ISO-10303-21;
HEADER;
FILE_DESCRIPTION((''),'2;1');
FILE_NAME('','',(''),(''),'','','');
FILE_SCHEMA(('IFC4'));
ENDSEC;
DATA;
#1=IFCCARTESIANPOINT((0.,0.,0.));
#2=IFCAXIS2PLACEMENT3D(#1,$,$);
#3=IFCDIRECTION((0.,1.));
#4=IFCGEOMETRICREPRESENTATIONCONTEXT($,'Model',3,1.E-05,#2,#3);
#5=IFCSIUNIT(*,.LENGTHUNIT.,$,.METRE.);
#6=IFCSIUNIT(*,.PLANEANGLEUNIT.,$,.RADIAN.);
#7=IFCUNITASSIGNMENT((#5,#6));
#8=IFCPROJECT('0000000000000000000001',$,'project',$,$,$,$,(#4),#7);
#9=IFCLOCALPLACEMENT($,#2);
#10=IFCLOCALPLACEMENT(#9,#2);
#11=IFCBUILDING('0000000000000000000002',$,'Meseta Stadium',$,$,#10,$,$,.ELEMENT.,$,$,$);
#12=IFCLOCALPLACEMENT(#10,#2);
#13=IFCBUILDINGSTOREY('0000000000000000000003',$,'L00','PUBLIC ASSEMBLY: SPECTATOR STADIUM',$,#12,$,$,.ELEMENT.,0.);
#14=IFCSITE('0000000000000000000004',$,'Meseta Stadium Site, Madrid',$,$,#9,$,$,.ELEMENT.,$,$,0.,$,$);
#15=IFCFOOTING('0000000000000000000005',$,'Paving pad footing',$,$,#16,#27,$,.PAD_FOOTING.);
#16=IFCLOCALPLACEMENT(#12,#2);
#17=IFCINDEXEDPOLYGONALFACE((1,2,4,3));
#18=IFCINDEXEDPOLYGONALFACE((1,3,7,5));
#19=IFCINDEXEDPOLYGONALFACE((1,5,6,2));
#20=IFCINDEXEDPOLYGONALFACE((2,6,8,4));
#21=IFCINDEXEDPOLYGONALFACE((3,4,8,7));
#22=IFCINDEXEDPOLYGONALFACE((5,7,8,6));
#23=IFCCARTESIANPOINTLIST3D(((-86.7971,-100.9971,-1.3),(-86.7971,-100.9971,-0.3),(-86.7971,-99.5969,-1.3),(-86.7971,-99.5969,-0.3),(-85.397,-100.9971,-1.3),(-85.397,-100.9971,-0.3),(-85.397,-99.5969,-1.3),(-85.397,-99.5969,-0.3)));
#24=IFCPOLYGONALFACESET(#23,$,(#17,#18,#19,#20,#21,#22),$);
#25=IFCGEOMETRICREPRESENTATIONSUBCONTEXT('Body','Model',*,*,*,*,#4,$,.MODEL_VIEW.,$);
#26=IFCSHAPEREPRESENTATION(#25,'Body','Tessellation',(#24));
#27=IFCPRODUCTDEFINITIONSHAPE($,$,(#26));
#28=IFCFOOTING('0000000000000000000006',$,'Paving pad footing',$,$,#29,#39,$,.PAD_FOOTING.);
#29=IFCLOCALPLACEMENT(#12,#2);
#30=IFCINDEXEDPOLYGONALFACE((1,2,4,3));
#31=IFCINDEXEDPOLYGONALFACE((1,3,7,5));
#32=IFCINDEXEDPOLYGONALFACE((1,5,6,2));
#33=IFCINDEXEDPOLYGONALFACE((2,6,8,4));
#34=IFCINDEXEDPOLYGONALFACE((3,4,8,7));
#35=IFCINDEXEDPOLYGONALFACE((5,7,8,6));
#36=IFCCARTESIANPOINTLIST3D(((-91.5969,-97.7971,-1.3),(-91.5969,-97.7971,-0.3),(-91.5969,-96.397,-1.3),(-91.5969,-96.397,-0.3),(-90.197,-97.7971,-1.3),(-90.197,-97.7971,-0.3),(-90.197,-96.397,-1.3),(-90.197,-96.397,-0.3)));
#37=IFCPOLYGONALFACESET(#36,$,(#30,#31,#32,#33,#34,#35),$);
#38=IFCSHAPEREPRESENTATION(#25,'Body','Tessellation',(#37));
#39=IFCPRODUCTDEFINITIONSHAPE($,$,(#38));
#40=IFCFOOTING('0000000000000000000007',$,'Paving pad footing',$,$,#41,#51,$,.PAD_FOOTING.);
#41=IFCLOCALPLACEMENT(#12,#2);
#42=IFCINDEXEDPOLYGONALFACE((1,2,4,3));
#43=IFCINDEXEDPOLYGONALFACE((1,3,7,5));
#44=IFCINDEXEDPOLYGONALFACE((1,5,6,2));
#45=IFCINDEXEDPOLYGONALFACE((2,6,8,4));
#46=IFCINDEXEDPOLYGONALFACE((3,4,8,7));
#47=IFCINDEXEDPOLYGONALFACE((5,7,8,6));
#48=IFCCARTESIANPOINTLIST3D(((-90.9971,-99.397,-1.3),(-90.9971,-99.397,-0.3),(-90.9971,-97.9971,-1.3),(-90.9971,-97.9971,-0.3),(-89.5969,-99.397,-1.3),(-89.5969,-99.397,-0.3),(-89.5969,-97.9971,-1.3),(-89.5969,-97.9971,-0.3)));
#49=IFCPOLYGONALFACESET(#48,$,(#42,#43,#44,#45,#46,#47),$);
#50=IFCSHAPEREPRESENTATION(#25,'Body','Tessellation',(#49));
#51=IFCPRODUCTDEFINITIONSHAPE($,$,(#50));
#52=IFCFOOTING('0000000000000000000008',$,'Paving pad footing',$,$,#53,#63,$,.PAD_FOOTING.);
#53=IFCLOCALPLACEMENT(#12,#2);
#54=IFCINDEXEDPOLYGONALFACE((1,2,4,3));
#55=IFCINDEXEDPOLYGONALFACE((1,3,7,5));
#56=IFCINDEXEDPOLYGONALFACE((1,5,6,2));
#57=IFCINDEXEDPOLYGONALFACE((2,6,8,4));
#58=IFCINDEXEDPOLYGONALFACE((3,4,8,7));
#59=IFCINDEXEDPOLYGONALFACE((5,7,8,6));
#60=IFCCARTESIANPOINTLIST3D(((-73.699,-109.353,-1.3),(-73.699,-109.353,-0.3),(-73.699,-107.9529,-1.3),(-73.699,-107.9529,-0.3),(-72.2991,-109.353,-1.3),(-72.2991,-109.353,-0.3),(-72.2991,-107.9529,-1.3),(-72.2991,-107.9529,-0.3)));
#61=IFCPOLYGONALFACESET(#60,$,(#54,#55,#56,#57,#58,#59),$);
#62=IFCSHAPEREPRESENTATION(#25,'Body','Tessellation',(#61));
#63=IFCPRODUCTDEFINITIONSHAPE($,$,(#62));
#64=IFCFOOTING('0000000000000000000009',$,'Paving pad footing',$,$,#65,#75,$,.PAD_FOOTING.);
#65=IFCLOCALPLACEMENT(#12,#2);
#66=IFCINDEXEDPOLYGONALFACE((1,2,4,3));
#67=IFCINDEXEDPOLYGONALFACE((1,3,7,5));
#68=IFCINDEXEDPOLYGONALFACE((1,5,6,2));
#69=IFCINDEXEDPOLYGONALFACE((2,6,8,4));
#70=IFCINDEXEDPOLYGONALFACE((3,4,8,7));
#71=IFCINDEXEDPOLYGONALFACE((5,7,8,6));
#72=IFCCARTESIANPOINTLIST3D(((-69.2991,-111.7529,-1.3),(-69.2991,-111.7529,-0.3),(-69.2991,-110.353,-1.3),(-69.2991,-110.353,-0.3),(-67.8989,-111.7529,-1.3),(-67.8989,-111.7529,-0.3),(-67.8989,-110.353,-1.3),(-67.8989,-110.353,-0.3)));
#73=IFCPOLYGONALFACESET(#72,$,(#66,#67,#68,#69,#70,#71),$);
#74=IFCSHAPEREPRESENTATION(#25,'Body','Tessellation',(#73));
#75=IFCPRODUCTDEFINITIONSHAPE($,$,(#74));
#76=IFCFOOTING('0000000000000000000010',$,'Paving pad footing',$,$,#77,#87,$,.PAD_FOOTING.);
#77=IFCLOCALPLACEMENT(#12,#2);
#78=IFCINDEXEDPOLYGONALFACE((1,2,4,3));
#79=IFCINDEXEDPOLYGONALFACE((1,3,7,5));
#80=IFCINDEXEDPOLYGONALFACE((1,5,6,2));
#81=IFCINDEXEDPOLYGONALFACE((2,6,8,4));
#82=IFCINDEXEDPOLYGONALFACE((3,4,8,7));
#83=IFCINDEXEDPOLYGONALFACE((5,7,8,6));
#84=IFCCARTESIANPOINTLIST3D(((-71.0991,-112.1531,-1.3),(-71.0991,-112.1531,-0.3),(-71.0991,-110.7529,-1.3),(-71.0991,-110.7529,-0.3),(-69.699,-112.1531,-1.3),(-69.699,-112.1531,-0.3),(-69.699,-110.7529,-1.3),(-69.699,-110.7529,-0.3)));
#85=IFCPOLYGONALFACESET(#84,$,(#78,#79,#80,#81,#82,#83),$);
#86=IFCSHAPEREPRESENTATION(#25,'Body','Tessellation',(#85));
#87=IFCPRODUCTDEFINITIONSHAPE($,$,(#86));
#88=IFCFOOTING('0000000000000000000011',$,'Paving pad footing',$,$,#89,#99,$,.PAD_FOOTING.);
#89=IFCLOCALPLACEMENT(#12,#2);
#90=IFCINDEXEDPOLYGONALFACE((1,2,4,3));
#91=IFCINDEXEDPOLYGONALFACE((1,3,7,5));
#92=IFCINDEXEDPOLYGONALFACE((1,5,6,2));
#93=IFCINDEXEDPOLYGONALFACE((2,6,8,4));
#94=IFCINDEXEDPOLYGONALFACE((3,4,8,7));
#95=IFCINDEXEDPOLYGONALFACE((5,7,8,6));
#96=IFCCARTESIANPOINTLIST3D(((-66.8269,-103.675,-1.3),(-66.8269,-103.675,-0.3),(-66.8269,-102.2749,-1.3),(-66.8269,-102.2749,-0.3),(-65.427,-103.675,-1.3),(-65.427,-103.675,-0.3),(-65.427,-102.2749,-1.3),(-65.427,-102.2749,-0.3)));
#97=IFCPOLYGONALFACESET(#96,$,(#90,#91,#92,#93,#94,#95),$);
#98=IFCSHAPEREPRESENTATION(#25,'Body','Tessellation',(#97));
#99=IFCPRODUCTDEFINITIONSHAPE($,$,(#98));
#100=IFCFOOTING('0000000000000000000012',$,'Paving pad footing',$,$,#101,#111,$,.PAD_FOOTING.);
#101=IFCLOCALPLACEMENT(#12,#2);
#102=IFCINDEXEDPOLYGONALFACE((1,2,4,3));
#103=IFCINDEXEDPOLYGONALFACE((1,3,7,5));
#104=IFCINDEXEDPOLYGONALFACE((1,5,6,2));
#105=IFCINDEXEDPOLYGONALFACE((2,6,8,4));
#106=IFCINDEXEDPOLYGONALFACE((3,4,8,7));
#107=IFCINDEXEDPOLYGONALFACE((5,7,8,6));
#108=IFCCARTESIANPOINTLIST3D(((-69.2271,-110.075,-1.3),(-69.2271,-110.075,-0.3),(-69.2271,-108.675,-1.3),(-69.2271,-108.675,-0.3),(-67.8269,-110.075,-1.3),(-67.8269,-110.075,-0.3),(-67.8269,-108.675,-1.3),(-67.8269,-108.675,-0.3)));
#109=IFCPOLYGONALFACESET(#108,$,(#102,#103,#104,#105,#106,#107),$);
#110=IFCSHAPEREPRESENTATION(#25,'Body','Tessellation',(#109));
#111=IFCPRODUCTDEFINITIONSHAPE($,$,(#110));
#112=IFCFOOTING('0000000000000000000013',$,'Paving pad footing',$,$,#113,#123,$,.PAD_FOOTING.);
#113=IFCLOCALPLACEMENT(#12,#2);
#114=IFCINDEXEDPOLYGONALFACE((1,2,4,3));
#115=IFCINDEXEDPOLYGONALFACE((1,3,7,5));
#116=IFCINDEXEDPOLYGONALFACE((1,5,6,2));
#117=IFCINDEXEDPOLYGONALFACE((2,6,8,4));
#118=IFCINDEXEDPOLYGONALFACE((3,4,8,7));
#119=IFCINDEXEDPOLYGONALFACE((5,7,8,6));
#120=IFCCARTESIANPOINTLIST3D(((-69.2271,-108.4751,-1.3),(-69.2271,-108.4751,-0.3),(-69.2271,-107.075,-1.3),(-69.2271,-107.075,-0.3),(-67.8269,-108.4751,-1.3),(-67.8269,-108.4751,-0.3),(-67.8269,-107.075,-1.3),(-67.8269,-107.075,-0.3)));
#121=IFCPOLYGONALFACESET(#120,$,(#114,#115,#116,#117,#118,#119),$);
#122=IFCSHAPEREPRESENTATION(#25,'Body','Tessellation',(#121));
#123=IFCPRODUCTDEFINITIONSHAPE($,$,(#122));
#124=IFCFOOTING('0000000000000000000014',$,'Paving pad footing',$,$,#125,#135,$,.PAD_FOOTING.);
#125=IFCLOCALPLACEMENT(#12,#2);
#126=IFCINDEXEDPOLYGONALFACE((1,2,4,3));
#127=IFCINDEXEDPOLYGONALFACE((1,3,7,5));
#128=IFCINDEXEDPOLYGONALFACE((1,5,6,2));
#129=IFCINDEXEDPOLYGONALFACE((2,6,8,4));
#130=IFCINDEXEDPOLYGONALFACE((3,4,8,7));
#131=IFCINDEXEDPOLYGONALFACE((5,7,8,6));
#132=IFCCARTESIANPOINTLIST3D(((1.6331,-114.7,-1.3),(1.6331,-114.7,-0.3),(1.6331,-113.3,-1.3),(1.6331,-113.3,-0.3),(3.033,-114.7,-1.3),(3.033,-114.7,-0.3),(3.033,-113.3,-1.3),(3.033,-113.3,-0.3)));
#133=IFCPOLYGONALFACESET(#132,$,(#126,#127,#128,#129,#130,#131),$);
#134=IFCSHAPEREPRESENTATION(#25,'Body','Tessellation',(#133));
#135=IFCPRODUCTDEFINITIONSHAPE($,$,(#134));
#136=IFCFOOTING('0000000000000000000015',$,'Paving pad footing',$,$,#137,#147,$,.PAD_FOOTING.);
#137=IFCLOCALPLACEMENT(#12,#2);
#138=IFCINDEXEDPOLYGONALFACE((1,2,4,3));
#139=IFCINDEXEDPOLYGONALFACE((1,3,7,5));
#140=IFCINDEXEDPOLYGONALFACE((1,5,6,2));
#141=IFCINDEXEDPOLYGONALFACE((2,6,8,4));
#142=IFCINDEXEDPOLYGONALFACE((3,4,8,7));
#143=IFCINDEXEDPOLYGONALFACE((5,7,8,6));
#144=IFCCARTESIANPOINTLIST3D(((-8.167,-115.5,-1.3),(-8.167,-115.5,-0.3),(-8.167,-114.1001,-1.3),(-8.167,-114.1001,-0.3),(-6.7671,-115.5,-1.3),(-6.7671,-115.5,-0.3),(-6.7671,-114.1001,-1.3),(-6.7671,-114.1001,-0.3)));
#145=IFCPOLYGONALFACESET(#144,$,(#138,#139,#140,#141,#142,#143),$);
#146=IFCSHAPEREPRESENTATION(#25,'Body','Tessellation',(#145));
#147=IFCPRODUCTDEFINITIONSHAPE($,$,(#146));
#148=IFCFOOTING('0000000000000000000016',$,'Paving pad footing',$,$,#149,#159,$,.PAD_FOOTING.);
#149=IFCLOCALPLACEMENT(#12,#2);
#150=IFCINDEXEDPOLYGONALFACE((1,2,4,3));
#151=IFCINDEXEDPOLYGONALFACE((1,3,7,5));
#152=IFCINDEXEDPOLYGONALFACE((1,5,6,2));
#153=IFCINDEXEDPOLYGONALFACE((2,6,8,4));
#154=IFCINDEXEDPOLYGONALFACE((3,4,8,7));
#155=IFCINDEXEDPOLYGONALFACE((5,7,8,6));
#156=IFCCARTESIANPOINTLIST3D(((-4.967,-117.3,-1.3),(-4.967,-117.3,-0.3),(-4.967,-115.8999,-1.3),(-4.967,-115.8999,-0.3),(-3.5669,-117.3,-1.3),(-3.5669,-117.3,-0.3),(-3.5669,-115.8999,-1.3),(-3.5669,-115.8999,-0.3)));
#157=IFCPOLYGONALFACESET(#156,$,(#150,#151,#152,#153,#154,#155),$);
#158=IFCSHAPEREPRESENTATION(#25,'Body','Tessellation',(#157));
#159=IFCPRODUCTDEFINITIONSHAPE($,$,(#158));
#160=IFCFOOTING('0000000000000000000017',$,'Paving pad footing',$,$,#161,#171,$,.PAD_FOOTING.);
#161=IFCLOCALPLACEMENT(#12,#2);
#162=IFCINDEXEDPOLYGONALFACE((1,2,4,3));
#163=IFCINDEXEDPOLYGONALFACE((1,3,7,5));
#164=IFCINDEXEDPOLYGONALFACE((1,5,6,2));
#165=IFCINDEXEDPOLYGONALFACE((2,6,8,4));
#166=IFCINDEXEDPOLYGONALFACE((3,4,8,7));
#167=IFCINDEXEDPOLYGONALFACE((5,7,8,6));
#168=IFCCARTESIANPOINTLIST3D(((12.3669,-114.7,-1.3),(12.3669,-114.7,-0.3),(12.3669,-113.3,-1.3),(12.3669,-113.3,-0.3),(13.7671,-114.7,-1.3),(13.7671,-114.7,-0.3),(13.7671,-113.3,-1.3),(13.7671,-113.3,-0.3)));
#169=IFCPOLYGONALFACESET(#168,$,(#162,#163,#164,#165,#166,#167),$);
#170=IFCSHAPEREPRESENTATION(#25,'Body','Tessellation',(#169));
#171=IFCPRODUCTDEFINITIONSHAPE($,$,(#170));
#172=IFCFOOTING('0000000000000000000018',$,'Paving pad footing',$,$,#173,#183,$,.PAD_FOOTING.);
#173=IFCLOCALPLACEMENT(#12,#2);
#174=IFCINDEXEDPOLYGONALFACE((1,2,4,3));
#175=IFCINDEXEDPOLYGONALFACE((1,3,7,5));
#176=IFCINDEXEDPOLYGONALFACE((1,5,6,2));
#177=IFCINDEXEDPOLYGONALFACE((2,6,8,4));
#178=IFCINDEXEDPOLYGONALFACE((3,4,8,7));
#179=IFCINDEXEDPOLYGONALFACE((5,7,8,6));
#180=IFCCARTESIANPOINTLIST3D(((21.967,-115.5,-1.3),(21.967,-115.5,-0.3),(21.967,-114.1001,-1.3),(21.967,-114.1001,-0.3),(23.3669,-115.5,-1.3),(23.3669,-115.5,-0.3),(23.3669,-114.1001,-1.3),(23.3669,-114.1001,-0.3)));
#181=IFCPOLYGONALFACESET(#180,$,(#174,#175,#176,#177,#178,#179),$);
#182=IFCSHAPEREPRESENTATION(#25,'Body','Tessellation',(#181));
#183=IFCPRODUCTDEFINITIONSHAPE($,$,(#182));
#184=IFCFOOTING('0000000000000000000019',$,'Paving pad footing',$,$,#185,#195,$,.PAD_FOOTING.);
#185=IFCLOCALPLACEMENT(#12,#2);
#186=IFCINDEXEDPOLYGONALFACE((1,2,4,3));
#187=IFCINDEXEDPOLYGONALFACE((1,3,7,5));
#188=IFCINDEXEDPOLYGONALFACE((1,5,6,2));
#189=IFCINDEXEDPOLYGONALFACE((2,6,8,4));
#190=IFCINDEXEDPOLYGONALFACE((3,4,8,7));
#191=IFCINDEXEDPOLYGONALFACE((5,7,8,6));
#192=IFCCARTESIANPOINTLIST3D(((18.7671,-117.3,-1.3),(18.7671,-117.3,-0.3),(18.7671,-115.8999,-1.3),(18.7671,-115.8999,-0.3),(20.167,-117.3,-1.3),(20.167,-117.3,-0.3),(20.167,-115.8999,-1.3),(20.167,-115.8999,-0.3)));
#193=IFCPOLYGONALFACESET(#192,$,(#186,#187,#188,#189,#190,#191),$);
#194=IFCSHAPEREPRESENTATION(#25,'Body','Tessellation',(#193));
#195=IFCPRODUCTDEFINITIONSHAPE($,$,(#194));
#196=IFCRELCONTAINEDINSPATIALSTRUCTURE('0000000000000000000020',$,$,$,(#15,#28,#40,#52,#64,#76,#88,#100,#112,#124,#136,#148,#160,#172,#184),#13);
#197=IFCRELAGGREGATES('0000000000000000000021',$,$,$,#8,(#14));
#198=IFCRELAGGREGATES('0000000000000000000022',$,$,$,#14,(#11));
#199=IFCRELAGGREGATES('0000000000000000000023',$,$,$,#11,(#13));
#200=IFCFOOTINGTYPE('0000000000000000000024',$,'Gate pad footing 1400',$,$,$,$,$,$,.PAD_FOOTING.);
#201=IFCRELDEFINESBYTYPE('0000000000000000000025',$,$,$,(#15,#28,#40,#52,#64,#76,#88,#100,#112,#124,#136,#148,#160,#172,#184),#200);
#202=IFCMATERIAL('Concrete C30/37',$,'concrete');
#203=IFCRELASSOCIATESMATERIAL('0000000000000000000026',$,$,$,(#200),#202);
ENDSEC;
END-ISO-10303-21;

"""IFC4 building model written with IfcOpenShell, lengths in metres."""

from ifc_helpers import new_model, si_unit, direction, frame, origin, place, context, subcontext, project, spatial, polyline, outline, extrude, material, type_object, element, save


model = new_model("IFC4")

# Units and contexts
model_context = context("Model", 3, precision=1e-05, world=origin(), true_north=direction((0.0, 1.0)))
body_context = subcontext(model_context, "Body", "Model", "MODEL_VIEW")
ifc_project = project(units=[si_unit("LENGTHUNIT", "METRE"), si_unit("PLANEANGLEUNIT", "RADIAN")], contexts=[model_context])

# Site, building, storey
site_placement = place(None, origin())
site = spatial("IfcSite", under=ifc_project, at=site_placement, Name="Meseta Stadium Site, Madrid", CompositionType="ELEMENT", RefElevation=0.0)
building_placement = place(site_placement, origin())
building = spatial("IfcBuilding", under=site, at=building_placement, Name="Meseta Stadium", CompositionType="ELEMENT")
storey_placement = place(building_placement, origin())
storey = spatial("IfcBuildingStorey", under=building, at=storey_placement, Name="L00", Description="PUBLIC ASSEMBLY: SPECTATOR STADIUM", CompositionType="ELEMENT", Elevation=0.0)

# Footings
ifc_material_1 = material(Name="Concrete C30/37", Category="concrete")
footing_type_1 = type_object("IfcFootingType", Name="Gate pad footing 1400", PredefinedType="PAD_FOOTING", material=ifc_material_1)
footing_1_placement = place(storey_placement, frame((0.0, 0.0, -1.3)))
element("IfcFooting", 1, at=footing_1_placement, inside=storey, type_object=footing_type_1, Name="Paving pad footing", PredefinedType="PAD_FOOTING", context=body_context, shape_type="SweptSolid", body=[
    extrude(outline(polyline([(-85.397, -100.9971), (-85.397, -99.5969), (-86.7971, -99.5969), (-86.7971, -100.9971), (-85.397, -100.9971)])), origin(), (0.0, 0.0, 1.0), 1.0),
])
footing_2_placement = place(storey_placement, frame((0.0, 0.0, -1.3)))
element("IfcFooting", 2, at=footing_2_placement, inside=storey, type_object=footing_type_1, Name="Paving pad footing", PredefinedType="PAD_FOOTING", context=body_context, shape_type="SweptSolid", body=[
    extrude(outline(polyline([(-90.197, -97.7971), (-90.197, -96.397), (-91.5969, -96.397), (-91.5969, -97.7971), (-90.197, -97.7971)])), origin(), (0.0, 0.0, 1.0), 1.0),
])
footing_3_placement = place(storey_placement, frame((0.0, 0.0, -1.3)))
element("IfcFooting", 3, at=footing_3_placement, inside=storey, type_object=footing_type_1, Name="Paving pad footing", PredefinedType="PAD_FOOTING", context=body_context, shape_type="SweptSolid", body=[
    extrude(outline(polyline([(-89.5969, -99.397), (-89.5969, -97.9971), (-90.9971, -97.9971), (-90.9971, -99.397), (-89.5969, -99.397)])), origin(), (0.0, 0.0, 1.0), 1.0),
])
footing_4_placement = place(storey_placement, frame((0.0, 0.0, -1.3)))
element("IfcFooting", 4, at=footing_4_placement, inside=storey, type_object=footing_type_1, Name="Paving pad footing", PredefinedType="PAD_FOOTING", context=body_context, shape_type="SweptSolid", body=[
    extrude(outline(polyline([(-72.2991, -109.353), (-72.2991, -107.9529), (-73.699, -107.9529), (-73.699, -109.353), (-72.2991, -109.353)])), origin(), (0.0, 0.0, 1.0), 1.0),
])
footing_5_placement = place(storey_placement, frame((0.0, 0.0, -1.3)))
element("IfcFooting", 5, at=footing_5_placement, inside=storey, type_object=footing_type_1, Name="Paving pad footing", PredefinedType="PAD_FOOTING", context=body_context, shape_type="SweptSolid", body=[
    extrude(outline(polyline([(-67.8989, -111.7529), (-67.8989, -110.353), (-69.2991, -110.353), (-69.2991, -111.7529), (-67.8989, -111.7529)])), origin(), (0.0, 0.0, 1.0), 1.0),
])
footing_6_placement = place(storey_placement, frame((0.0, 0.0, -1.3)))
element("IfcFooting", 6, at=footing_6_placement, inside=storey, type_object=footing_type_1, Name="Paving pad footing", PredefinedType="PAD_FOOTING", context=body_context, shape_type="SweptSolid", body=[
    extrude(outline(polyline([(-69.699, -112.1531), (-69.699, -110.7529), (-71.0991, -110.7529), (-71.0991, -112.1531), (-69.699, -112.1531)])), origin(), (0.0, 0.0, 1.0), 1.0),
])
footing_7_placement = place(storey_placement, frame((0.0, 0.0, -1.3)))
element("IfcFooting", 7, at=footing_7_placement, inside=storey, type_object=footing_type_1, Name="Paving pad footing", PredefinedType="PAD_FOOTING", context=body_context, shape_type="SweptSolid", body=[
    extrude(outline(polyline([(-65.427, -103.675), (-65.427, -102.2749), (-66.8269, -102.2749), (-66.8269, -103.675), (-65.427, -103.675)])), origin(), (0.0, 0.0, 1.0), 1.0),
])
footing_8_placement = place(storey_placement, frame((0.0, 0.0, -1.3)))
element("IfcFooting", 8, at=footing_8_placement, inside=storey, type_object=footing_type_1, Name="Paving pad footing", PredefinedType="PAD_FOOTING", context=body_context, shape_type="SweptSolid", body=[
    extrude(outline(polyline([(-67.8269, -110.075), (-67.8269, -108.675), (-69.2271, -108.675), (-69.2271, -110.075), (-67.8269, -110.075)])), origin(), (0.0, 0.0, 1.0), 1.0),
])
footing_9_placement = place(storey_placement, frame((0.0, 0.0, -1.3)))
element("IfcFooting", 9, at=footing_9_placement, inside=storey, type_object=footing_type_1, Name="Paving pad footing", PredefinedType="PAD_FOOTING", context=body_context, shape_type="SweptSolid", body=[
    extrude(outline(polyline([(-67.8269, -108.4751), (-67.8269, -107.075), (-69.2271, -107.075), (-69.2271, -108.4751), (-67.8269, -108.4751)])), origin(), (0.0, 0.0, 1.0), 1.0),
])
footing_10_placement = place(storey_placement, frame((0.0, 0.0, -1.3)))
element("IfcFooting", 10, at=footing_10_placement, inside=storey, type_object=footing_type_1, Name="Paving pad footing", PredefinedType="PAD_FOOTING", context=body_context, shape_type="SweptSolid", body=[
    extrude(outline(polyline([(3.033, -114.7), (3.033, -113.3), (1.6331, -113.3), (1.6331, -114.7), (3.033, -114.7)])), origin(), (0.0, 0.0, 1.0), 1.0),
])
footing_11_placement = place(storey_placement, frame((0.0, 0.0, -1.3)))
element("IfcFooting", 11, at=footing_11_placement, inside=storey, type_object=footing_type_1, Name="Paving pad footing", PredefinedType="PAD_FOOTING", context=body_context, shape_type="SweptSolid", body=[
    extrude(outline(polyline([(-6.7671, -115.5), (-6.7671, -114.1001), (-8.167, -114.1001), (-8.167, -115.5), (-6.7671, -115.5)])), origin(), (0.0, 0.0, 1.0), 1.0),
])
footing_12_placement = place(storey_placement, frame((0.0, 0.0, -1.3)))
element("IfcFooting", 12, at=footing_12_placement, inside=storey, type_object=footing_type_1, Name="Paving pad footing", PredefinedType="PAD_FOOTING", context=body_context, shape_type="SweptSolid", body=[
    extrude(outline(polyline([(-3.5669, -117.3), (-3.5669, -115.8999), (-4.967, -115.8999), (-4.967, -117.3), (-3.5669, -117.3)])), origin(), (0.0, 0.0, 1.0), 1.0),
])
footing_13_placement = place(storey_placement, frame((0.0, 0.0, -1.3)))
element("IfcFooting", 13, at=footing_13_placement, inside=storey, type_object=footing_type_1, Name="Paving pad footing", PredefinedType="PAD_FOOTING", context=body_context, shape_type="SweptSolid", body=[
    extrude(outline(polyline([(13.7671, -114.7), (13.7671, -113.3), (12.3669, -113.3), (12.3669, -114.7), (13.7671, -114.7)])), origin(), (0.0, 0.0, 1.0), 1.0),
])
footing_14_placement = place(storey_placement, frame((0.0, 0.0, -1.3)))
element("IfcFooting", 14, at=footing_14_placement, inside=storey, type_object=footing_type_1, Name="Paving pad footing", PredefinedType="PAD_FOOTING", context=body_context, shape_type="SweptSolid", body=[
    extrude(outline(polyline([(23.3669, -115.5), (23.3669, -114.1001), (21.967, -114.1001), (21.967, -115.5), (23.3669, -115.5)])), origin(), (0.0, 0.0, 1.0), 1.0),
])
footing_15_placement = place(storey_placement, frame((0.0, 0.0, -1.3)))
element("IfcFooting", 15, at=footing_15_placement, inside=storey, type_object=footing_type_1, Name="Paving pad footing", PredefinedType="PAD_FOOTING", context=body_context, shape_type="SweptSolid", body=[
    extrude(outline(polyline([(20.167, -117.3), (20.167, -115.8999), (18.7671, -115.8999), (18.7671, -117.3), (20.167, -117.3)])), origin(), (0.0, 0.0, 1.0), 1.0),
])

save(model, "model.ifc")
